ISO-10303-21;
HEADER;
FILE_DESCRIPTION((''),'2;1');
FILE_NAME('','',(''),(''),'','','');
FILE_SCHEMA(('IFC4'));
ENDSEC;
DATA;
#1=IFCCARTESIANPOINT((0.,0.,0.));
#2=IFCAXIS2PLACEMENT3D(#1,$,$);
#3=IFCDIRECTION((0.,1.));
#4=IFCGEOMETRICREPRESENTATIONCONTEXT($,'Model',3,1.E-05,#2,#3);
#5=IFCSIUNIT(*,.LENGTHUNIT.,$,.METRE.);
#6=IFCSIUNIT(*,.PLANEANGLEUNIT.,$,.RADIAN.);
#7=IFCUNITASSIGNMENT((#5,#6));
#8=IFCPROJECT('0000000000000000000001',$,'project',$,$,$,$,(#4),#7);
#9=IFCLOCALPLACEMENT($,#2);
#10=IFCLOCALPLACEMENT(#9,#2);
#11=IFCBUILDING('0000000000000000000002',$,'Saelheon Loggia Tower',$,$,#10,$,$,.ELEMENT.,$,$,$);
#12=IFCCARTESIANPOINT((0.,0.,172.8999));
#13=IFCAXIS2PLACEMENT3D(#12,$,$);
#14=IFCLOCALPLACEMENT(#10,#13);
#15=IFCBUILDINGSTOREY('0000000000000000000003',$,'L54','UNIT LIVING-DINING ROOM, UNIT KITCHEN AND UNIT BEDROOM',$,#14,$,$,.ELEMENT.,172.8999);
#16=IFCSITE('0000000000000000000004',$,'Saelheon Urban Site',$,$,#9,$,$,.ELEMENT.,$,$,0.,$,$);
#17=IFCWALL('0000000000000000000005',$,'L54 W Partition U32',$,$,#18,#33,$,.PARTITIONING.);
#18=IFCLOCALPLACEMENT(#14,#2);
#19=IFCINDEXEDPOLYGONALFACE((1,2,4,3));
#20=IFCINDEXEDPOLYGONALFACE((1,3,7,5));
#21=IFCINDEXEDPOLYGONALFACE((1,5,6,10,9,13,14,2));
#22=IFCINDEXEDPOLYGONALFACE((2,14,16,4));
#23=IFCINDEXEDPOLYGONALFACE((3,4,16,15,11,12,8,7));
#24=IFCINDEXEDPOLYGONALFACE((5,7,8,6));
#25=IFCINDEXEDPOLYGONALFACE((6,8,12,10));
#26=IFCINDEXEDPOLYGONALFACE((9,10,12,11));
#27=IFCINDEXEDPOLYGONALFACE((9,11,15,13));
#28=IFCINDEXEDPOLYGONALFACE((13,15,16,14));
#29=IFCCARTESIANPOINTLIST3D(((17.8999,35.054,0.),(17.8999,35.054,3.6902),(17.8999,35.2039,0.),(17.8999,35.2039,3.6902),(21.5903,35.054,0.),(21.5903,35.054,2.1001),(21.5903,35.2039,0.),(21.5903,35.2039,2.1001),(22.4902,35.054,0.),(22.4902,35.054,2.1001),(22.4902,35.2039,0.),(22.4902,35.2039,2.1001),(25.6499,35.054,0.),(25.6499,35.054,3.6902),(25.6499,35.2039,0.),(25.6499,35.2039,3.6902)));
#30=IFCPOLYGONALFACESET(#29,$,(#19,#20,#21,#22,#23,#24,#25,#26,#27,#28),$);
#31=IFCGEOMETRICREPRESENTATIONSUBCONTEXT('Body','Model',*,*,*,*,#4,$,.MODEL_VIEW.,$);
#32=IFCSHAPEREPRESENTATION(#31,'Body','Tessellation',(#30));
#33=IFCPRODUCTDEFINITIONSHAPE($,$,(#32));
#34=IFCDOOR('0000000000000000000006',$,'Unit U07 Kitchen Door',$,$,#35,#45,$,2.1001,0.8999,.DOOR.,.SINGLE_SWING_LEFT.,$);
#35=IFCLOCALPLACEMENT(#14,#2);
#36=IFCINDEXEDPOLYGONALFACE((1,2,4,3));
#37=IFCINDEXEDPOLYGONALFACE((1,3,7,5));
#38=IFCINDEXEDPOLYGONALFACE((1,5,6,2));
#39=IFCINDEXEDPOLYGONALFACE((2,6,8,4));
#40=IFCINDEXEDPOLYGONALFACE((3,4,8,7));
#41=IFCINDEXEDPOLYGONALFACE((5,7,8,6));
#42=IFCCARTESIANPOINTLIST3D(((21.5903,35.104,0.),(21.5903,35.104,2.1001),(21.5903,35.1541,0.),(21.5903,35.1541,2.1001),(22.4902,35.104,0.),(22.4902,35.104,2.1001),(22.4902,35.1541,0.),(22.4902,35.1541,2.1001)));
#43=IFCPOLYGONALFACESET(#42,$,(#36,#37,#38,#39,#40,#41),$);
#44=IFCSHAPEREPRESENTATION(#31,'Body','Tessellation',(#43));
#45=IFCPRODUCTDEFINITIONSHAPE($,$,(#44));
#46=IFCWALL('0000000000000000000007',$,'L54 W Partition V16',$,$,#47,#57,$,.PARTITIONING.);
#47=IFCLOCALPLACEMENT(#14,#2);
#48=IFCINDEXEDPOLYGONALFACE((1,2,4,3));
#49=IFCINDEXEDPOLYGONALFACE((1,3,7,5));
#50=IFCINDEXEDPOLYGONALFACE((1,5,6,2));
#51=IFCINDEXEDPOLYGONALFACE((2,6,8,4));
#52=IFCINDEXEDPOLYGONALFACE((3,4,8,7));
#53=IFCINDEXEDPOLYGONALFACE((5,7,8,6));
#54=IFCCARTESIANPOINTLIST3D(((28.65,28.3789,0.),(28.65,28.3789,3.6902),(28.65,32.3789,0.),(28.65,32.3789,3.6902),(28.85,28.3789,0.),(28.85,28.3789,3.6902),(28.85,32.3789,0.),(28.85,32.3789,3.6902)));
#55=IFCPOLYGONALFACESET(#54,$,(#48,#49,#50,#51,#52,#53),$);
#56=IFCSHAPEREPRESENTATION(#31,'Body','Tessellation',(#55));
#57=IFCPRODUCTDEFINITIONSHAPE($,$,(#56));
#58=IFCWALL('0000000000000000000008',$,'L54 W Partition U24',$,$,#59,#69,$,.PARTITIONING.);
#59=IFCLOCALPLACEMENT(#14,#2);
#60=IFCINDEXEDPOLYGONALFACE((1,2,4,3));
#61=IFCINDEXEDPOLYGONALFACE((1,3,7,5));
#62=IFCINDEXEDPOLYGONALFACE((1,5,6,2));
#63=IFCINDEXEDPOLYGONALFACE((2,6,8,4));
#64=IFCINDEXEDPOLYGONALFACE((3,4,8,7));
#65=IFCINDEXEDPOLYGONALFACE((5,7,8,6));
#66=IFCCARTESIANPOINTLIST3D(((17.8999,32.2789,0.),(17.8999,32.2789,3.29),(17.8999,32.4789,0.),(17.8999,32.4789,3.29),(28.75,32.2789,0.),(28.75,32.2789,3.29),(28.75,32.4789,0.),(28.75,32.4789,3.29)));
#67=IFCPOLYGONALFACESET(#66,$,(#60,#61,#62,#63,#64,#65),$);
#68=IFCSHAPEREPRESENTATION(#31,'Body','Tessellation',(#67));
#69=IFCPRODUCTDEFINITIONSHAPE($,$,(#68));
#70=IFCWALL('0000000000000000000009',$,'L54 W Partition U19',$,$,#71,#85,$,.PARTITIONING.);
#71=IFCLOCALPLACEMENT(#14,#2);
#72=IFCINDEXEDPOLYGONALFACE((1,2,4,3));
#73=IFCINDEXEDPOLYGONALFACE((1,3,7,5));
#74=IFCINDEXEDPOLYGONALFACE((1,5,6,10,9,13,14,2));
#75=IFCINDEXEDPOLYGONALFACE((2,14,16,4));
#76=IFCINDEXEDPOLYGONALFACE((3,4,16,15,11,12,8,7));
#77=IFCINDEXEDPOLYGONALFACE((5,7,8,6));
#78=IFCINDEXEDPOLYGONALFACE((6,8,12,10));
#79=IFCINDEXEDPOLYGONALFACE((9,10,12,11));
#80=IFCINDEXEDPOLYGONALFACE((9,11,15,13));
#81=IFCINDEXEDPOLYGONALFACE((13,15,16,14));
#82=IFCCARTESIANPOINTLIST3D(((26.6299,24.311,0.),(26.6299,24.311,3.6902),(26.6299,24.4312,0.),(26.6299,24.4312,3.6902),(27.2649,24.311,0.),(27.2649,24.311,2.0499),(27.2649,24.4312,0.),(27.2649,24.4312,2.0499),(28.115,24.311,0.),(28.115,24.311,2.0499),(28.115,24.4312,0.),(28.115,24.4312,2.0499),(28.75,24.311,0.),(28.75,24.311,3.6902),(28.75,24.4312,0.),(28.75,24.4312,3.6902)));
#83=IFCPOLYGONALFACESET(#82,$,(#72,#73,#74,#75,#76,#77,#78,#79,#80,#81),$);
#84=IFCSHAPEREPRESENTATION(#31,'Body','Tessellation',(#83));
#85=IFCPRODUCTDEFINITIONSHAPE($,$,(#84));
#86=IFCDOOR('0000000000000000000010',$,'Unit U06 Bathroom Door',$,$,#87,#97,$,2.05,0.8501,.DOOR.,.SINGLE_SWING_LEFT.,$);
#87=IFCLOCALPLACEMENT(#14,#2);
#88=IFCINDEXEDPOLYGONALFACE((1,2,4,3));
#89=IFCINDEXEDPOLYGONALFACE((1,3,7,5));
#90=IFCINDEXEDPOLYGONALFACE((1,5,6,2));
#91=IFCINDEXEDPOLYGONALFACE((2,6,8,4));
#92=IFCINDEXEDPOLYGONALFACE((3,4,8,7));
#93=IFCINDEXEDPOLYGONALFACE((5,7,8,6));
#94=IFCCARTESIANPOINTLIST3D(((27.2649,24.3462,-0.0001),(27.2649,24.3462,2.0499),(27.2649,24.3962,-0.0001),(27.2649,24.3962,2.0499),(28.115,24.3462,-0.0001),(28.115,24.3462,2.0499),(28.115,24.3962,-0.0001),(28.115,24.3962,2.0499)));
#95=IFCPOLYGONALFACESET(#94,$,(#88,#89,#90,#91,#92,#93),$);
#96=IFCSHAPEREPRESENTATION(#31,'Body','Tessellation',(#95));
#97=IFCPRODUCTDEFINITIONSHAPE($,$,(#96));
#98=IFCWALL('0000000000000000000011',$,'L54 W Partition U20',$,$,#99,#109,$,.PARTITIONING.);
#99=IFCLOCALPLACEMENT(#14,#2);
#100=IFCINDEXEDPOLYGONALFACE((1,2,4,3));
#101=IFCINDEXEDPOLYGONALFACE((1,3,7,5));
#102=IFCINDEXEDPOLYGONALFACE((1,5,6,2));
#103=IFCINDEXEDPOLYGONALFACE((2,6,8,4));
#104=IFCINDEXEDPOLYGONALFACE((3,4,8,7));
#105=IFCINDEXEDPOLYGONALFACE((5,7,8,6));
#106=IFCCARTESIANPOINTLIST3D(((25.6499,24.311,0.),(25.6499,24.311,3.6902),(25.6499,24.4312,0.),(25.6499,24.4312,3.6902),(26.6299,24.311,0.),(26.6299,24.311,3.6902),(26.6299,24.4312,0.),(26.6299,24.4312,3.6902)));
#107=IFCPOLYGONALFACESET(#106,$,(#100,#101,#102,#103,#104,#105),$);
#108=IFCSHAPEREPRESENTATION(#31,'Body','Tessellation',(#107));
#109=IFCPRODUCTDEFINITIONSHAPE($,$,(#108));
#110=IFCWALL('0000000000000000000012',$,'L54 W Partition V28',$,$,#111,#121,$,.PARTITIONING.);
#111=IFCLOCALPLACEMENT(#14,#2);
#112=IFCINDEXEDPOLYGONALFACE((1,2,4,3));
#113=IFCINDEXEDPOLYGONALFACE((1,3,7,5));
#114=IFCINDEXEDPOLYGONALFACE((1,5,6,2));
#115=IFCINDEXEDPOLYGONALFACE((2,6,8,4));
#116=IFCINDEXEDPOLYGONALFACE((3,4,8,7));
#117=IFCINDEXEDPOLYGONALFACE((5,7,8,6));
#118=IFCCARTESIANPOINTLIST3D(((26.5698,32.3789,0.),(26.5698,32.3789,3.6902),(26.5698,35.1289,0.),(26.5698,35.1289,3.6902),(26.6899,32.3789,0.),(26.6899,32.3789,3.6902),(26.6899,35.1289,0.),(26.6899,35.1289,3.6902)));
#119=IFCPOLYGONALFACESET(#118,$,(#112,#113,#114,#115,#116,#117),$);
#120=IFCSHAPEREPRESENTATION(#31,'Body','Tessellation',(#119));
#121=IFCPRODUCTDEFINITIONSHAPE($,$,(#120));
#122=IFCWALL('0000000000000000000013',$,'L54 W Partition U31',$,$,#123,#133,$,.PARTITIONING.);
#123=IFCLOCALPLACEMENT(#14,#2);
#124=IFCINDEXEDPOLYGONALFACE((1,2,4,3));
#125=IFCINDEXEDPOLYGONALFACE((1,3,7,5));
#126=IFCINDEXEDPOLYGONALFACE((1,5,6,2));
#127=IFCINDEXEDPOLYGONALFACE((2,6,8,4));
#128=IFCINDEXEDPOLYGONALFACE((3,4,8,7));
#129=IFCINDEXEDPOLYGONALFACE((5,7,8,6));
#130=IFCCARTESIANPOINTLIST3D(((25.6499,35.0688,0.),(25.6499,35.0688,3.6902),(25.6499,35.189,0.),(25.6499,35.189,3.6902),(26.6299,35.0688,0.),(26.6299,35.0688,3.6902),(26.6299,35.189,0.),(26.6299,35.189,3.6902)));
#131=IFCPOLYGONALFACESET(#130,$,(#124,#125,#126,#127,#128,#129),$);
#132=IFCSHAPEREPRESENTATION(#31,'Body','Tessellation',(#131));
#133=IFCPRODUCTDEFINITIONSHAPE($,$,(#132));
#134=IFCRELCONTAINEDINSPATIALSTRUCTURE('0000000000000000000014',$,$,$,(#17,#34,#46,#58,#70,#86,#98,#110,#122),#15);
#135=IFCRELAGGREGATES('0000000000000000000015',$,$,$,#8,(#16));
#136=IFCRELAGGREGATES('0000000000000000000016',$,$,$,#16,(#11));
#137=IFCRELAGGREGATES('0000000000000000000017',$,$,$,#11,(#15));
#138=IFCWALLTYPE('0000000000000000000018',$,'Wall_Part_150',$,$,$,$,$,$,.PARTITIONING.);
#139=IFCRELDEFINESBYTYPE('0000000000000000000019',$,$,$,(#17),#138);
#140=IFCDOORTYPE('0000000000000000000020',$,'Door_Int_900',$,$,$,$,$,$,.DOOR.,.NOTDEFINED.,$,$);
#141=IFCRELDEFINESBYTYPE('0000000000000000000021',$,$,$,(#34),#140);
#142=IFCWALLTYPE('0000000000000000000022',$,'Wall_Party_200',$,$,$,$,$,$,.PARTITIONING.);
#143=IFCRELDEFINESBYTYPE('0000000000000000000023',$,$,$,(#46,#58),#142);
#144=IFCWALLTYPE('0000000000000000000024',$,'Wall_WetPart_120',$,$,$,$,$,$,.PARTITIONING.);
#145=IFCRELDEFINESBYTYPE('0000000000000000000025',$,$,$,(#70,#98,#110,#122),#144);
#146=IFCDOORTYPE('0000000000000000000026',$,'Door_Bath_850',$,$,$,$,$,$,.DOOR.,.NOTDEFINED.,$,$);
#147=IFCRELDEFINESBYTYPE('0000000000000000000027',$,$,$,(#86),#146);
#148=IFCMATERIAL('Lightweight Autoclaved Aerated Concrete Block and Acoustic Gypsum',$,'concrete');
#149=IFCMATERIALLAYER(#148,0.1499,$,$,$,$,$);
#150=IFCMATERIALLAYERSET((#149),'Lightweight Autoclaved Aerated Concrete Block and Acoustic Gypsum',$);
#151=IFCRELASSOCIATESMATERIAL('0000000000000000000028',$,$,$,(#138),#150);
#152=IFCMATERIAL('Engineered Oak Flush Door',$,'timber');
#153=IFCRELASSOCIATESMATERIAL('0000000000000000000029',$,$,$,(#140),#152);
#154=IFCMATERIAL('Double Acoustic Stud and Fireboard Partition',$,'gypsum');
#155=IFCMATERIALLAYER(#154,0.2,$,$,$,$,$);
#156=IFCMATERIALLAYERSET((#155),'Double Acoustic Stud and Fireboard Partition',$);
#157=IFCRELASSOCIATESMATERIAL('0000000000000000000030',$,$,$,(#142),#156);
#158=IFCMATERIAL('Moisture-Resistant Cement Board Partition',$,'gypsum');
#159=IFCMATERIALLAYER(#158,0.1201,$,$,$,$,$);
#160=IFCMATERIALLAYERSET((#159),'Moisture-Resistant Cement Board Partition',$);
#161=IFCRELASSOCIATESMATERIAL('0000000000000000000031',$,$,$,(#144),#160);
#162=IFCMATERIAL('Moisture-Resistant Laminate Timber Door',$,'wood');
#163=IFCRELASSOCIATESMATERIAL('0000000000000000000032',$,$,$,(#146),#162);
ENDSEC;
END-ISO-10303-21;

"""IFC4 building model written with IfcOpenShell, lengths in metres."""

from ifc_helpers import new_model, si_unit, direction, frame, frame_2d, origin, place, context, subcontext, project, spatial, rectangle, extrude, source, transform, mapped, material, layer, layer_set, type_object, element, fill, save


model = new_model("IFC4")

# Units and contexts
model_context = context("Model", 3, precision=1e-05, world=origin(), true_north=direction((0.0, 1.0)))
body_context = subcontext(model_context, "Body", "Model", "MODEL_VIEW")
ifc_project = project(units=[si_unit("LENGTHUNIT", "METRE"), si_unit("PLANEANGLEUNIT", "RADIAN")], contexts=[model_context])

# Site, building, storey
site_placement = place(None, origin())
site = spatial("IfcSite", under=ifc_project, at=site_placement, Name="Saelheon Urban Site", CompositionType="ELEMENT", RefElevation=0.0)
building_placement = place(site_placement, origin())
building = spatial("IfcBuilding", under=site, at=building_placement, Name="Saelheon Loggia Tower", CompositionType="ELEMENT")
storey_placement = place(building_placement, frame((0.0, 0.0, 172.8999)))
storey = spatial("IfcBuildingStorey", under=building, at=storey_placement, Name="L54", Description="UNIT LIVING-DINING ROOM, UNIT KITCHEN AND UNIT BEDROOM", CompositionType="ELEMENT", Elevation=172.8999)

# Shared definitions
ifc_material_1 = material(Name="Lightweight Autoclaved Aerated Concrete Block and Acoustic Gypsum", Category="concrete")
ifc_layer_1 = layer(ifc_material_1, 0.1499)
ifc_layer_set_1 = layer_set([ifc_layer_1], Name="Lightweight Autoclaved Aerated Concrete Block and Acoustic Gypsum")
wall_type_1 = type_object("IfcWallType", Name="Wall_Part_150", PredefinedType="PARTITIONING", material=ifc_layer_set_1)

# Wall, opening, door
ifc_material_2 = material(Name="Engineered Oak Flush Door", Category="timber")
door_type_1 = type_object("IfcDoorType", Name="Door_Int_900", OperationType="NOTDEFINED", PredefinedType="DOOR", material=ifc_material_2)
shared_shape_1 = source(origin(), body_context, "Body", "SweptSolid", [
    extrude(rectangle(XDim=0.8999, YDim=2.1001, at=frame_2d((0.45, 1.05))), frame((0.0, 0.0249, 0.0), z_axis=(0.0, -1.0, 0.0), x_axis=(1.0, 0.0, 0.0)), (0.0, 0.0, 1.0), 0.05),
])
wall_1_placement = place(storey_placement, frame((25.6499, 35.1289, 0.0), z_axis=(0.0, 0.0, 1.0), x_axis=(-1.0, 0.0, 0.0)))
wall_1 = element("IfcWall", 1, at=wall_1_placement, inside=storey, type_object=wall_type_1, Name="L54 W Partition U32", PredefinedType="PARTITIONING", context=body_context, shape_type="SweptSolid", body=[
    extrude(rectangle(XDim=7.75, YDim=0.1499, at=frame_2d((3.875, 0.0))), origin(), (0.0, 0.0, 1.0), 3.6902),
])
opening_1_placement = place(wall_1_placement, frame((3.1597, 0.0, 0.0)))
opening_1 = element("IfcOpeningElement", 2, at=opening_1_placement, cuts=wall_1, PredefinedType="OPENING", context=body_context, shape_type="SweptSolid", body=[
    extrude(rectangle(XDim=0.8999, YDim=2.1001, at=frame_2d((0.45, 1.05))), frame((0.0, 0.0869, 0.0), z_axis=(0.0, -1.0, 0.0), x_axis=(1.0, 0.0, 0.0)), (0.0, 0.0, 1.0), 0.1738),
])
door_1_placement = place(opening_1_placement, origin())
door_1 = element("IfcDoor", 3, at=door_1_placement, inside=storey, type_object=door_type_1, Name="Unit U07 Kitchen Door", OperationType="SINGLE_SWING_LEFT", OverallHeight=2.1001, OverallWidth=0.8999, PredefinedType="DOOR", context=body_context, shape_type="MappedRepresentation", body=[
    mapped(shared_shape_1, transform((0.0, 0.0, 0.0), scale=1.0)),
])
fill(opening_1, door_1)
ifc_material_3 = material(Name="Double Acoustic Stud and Fireboard Partition", Category="gypsum")
ifc_layer_2 = layer(ifc_material_3, 0.2)
ifc_layer_set_2 = layer_set([ifc_layer_2], Name="Double Acoustic Stud and Fireboard Partition")
wall_type_2 = type_object("IfcWallType", Name="Wall_Party_200", PredefinedType="PARTITIONING", material=ifc_layer_set_2)

# Walls
wall_2_placement = place(storey_placement, frame((28.75, 28.3789, 0.0), z_axis=(0.0, 0.0, 1.0), x_axis=(0.0, 1.0, 0.0)))
element("IfcWall", 4, at=wall_2_placement, inside=storey, type_object=wall_type_2, Name="L54 W Partition V16", PredefinedType="PARTITIONING", context=body_context, shape_type="SweptSolid", body=[
    extrude(rectangle(XDim=4.0, YDim=0.2, at=frame_2d((2.0, 0.0))), origin(), (0.0, 0.0, 1.0), 3.6902),
])
wall_3_placement = place(storey_placement, frame((28.75, 32.3789, 0.0), z_axis=(0.0, 0.0, 1.0), x_axis=(-1.0, 0.0, 0.0)))
element("IfcWall", 5, at=wall_3_placement, inside=storey, type_object=wall_type_2, Name="L54 W Partition U24", PredefinedType="PARTITIONING", context=body_context, shape_type="SweptSolid", body=[
    extrude(rectangle(XDim=10.8501, YDim=0.2, at=frame_2d((5.425, 0.0))), origin(), (0.0, 0.0, 1.0), 3.29),
])

# Wall, opening, door
ifc_material_4 = material(Name="Moisture-Resistant Cement Board Partition", Category="gypsum")
ifc_layer_3 = layer(ifc_material_4, 0.1201)
ifc_layer_set_3 = layer_set([ifc_layer_3], Name="Moisture-Resistant Cement Board Partition")
wall_type_3 = type_object("IfcWallType", Name="Wall_WetPart_120", PredefinedType="PARTITIONING", material=ifc_layer_set_3)
wall_4_placement = place(storey_placement, frame((28.75, 24.3711, 0.0), z_axis=(0.0, 0.0, 1.0), x_axis=(-1.0, 0.0, 0.0)))
wall_4 = element("IfcWall", 6, at=wall_4_placement, inside=storey, type_object=wall_type_3, Name="L54 W Partition U19", PredefinedType="PARTITIONING", context=body_context, shape_type="SweptSolid", body=[
    extrude(rectangle(XDim=2.1201, YDim=0.1201, at=frame_2d((1.0601, 0.0))), origin(), (0.0, 0.0, 1.0), 3.6902),
])
opening_2_placement = place(wall_4_placement, frame((0.635, 0.0, 0.0)))
opening_2 = element("IfcOpeningElement", 7, at=opening_2_placement, cuts=wall_4, PredefinedType="OPENING", context=body_context, shape_type="SweptSolid", body=[
    extrude(rectangle(XDim=0.8501, YDim=2.05, at=frame_2d((0.425, 1.0249))), frame((0.0, 0.072, 0.0), z_axis=(0.0, -1.0, 0.0), x_axis=(1.0, 0.0, 0.0)), (0.0, 0.0, 1.0), 0.144),
])
ifc_material_5 = material(Name="Moisture-Resistant Laminate Timber Door", Category="wood")
door_type_2 = type_object("IfcDoorType", Name="Door_Bath_850", OperationType="NOTDEFINED", PredefinedType="DOOR", material=ifc_material_5)
shared_shape_2 = source(origin(), body_context, "Body", "SweptSolid", [
    extrude(rectangle(XDim=0.8501, YDim=2.05, at=frame_2d((0.425, 1.0249))), frame((0.0, 0.0249, 0.0), z_axis=(0.0, -1.0, 0.0), x_axis=(1.0, 0.0, 0.0)), (0.0, 0.0, 1.0), 0.05),
])
door_2_placement = place(opening_2_placement, origin())
door_2 = element("IfcDoor", 8, at=door_2_placement, inside=storey, type_object=door_type_2, Name="Unit U06 Bathroom Door", OperationType="SINGLE_SWING_LEFT", OverallHeight=2.05, OverallWidth=0.8501, PredefinedType="DOOR", context=body_context, shape_type="MappedRepresentation", body=[
    mapped(shared_shape_2, transform((0.0, 0.0, 0.0), scale=1.0)),
])
fill(opening_2, door_2)

# Walls
wall_5_placement = place(storey_placement, frame((26.6299, 24.3711, 0.0), z_axis=(0.0, 0.0, 1.0), x_axis=(-1.0, 0.0, 0.0)))
element("IfcWall", 9, at=wall_5_placement, inside=storey, type_object=wall_type_3, Name="L54 W Partition U20", PredefinedType="PARTITIONING", context=body_context, shape_type="SweptSolid", body=[
    extrude(rectangle(XDim=0.98, YDim=0.1201, at=frame_2d((0.49, 0.0))), origin(), (0.0, 0.0, 1.0), 3.6902),
])
wall_6_placement = place(storey_placement, frame((26.6299, 32.3789, 0.0), z_axis=(0.0, 0.0, 1.0), x_axis=(0.0, 1.0, 0.0)))
element("IfcWall", 10, at=wall_6_placement, inside=storey, type_object=wall_type_3, Name="L54 W Partition V28", PredefinedType="PARTITIONING", context=body_context, shape_type="SweptSolid", body=[
    extrude(rectangle(XDim=2.75, YDim=0.1201, at=frame_2d((1.375, 0.0))), origin(), (0.0, 0.0, 1.0), 3.6902),
])
wall_7_placement = place(storey_placement, frame((26.6299, 35.1289, 0.0), z_axis=(0.0, 0.0, 1.0), x_axis=(-1.0, 0.0, 0.0)))
element("IfcWall", 11, at=wall_7_placement, inside=storey, type_object=wall_type_3, Name="L54 W Partition U31", PredefinedType="PARTITIONING", context=body_context, shape_type="SweptSolid", body=[
    extrude(rectangle(XDim=0.98, YDim=0.1201, at=frame_2d((0.49, 0.0))), origin(), (0.0, 0.0, 1.0), 3.6902),
])

save(model, "model.ifc")
